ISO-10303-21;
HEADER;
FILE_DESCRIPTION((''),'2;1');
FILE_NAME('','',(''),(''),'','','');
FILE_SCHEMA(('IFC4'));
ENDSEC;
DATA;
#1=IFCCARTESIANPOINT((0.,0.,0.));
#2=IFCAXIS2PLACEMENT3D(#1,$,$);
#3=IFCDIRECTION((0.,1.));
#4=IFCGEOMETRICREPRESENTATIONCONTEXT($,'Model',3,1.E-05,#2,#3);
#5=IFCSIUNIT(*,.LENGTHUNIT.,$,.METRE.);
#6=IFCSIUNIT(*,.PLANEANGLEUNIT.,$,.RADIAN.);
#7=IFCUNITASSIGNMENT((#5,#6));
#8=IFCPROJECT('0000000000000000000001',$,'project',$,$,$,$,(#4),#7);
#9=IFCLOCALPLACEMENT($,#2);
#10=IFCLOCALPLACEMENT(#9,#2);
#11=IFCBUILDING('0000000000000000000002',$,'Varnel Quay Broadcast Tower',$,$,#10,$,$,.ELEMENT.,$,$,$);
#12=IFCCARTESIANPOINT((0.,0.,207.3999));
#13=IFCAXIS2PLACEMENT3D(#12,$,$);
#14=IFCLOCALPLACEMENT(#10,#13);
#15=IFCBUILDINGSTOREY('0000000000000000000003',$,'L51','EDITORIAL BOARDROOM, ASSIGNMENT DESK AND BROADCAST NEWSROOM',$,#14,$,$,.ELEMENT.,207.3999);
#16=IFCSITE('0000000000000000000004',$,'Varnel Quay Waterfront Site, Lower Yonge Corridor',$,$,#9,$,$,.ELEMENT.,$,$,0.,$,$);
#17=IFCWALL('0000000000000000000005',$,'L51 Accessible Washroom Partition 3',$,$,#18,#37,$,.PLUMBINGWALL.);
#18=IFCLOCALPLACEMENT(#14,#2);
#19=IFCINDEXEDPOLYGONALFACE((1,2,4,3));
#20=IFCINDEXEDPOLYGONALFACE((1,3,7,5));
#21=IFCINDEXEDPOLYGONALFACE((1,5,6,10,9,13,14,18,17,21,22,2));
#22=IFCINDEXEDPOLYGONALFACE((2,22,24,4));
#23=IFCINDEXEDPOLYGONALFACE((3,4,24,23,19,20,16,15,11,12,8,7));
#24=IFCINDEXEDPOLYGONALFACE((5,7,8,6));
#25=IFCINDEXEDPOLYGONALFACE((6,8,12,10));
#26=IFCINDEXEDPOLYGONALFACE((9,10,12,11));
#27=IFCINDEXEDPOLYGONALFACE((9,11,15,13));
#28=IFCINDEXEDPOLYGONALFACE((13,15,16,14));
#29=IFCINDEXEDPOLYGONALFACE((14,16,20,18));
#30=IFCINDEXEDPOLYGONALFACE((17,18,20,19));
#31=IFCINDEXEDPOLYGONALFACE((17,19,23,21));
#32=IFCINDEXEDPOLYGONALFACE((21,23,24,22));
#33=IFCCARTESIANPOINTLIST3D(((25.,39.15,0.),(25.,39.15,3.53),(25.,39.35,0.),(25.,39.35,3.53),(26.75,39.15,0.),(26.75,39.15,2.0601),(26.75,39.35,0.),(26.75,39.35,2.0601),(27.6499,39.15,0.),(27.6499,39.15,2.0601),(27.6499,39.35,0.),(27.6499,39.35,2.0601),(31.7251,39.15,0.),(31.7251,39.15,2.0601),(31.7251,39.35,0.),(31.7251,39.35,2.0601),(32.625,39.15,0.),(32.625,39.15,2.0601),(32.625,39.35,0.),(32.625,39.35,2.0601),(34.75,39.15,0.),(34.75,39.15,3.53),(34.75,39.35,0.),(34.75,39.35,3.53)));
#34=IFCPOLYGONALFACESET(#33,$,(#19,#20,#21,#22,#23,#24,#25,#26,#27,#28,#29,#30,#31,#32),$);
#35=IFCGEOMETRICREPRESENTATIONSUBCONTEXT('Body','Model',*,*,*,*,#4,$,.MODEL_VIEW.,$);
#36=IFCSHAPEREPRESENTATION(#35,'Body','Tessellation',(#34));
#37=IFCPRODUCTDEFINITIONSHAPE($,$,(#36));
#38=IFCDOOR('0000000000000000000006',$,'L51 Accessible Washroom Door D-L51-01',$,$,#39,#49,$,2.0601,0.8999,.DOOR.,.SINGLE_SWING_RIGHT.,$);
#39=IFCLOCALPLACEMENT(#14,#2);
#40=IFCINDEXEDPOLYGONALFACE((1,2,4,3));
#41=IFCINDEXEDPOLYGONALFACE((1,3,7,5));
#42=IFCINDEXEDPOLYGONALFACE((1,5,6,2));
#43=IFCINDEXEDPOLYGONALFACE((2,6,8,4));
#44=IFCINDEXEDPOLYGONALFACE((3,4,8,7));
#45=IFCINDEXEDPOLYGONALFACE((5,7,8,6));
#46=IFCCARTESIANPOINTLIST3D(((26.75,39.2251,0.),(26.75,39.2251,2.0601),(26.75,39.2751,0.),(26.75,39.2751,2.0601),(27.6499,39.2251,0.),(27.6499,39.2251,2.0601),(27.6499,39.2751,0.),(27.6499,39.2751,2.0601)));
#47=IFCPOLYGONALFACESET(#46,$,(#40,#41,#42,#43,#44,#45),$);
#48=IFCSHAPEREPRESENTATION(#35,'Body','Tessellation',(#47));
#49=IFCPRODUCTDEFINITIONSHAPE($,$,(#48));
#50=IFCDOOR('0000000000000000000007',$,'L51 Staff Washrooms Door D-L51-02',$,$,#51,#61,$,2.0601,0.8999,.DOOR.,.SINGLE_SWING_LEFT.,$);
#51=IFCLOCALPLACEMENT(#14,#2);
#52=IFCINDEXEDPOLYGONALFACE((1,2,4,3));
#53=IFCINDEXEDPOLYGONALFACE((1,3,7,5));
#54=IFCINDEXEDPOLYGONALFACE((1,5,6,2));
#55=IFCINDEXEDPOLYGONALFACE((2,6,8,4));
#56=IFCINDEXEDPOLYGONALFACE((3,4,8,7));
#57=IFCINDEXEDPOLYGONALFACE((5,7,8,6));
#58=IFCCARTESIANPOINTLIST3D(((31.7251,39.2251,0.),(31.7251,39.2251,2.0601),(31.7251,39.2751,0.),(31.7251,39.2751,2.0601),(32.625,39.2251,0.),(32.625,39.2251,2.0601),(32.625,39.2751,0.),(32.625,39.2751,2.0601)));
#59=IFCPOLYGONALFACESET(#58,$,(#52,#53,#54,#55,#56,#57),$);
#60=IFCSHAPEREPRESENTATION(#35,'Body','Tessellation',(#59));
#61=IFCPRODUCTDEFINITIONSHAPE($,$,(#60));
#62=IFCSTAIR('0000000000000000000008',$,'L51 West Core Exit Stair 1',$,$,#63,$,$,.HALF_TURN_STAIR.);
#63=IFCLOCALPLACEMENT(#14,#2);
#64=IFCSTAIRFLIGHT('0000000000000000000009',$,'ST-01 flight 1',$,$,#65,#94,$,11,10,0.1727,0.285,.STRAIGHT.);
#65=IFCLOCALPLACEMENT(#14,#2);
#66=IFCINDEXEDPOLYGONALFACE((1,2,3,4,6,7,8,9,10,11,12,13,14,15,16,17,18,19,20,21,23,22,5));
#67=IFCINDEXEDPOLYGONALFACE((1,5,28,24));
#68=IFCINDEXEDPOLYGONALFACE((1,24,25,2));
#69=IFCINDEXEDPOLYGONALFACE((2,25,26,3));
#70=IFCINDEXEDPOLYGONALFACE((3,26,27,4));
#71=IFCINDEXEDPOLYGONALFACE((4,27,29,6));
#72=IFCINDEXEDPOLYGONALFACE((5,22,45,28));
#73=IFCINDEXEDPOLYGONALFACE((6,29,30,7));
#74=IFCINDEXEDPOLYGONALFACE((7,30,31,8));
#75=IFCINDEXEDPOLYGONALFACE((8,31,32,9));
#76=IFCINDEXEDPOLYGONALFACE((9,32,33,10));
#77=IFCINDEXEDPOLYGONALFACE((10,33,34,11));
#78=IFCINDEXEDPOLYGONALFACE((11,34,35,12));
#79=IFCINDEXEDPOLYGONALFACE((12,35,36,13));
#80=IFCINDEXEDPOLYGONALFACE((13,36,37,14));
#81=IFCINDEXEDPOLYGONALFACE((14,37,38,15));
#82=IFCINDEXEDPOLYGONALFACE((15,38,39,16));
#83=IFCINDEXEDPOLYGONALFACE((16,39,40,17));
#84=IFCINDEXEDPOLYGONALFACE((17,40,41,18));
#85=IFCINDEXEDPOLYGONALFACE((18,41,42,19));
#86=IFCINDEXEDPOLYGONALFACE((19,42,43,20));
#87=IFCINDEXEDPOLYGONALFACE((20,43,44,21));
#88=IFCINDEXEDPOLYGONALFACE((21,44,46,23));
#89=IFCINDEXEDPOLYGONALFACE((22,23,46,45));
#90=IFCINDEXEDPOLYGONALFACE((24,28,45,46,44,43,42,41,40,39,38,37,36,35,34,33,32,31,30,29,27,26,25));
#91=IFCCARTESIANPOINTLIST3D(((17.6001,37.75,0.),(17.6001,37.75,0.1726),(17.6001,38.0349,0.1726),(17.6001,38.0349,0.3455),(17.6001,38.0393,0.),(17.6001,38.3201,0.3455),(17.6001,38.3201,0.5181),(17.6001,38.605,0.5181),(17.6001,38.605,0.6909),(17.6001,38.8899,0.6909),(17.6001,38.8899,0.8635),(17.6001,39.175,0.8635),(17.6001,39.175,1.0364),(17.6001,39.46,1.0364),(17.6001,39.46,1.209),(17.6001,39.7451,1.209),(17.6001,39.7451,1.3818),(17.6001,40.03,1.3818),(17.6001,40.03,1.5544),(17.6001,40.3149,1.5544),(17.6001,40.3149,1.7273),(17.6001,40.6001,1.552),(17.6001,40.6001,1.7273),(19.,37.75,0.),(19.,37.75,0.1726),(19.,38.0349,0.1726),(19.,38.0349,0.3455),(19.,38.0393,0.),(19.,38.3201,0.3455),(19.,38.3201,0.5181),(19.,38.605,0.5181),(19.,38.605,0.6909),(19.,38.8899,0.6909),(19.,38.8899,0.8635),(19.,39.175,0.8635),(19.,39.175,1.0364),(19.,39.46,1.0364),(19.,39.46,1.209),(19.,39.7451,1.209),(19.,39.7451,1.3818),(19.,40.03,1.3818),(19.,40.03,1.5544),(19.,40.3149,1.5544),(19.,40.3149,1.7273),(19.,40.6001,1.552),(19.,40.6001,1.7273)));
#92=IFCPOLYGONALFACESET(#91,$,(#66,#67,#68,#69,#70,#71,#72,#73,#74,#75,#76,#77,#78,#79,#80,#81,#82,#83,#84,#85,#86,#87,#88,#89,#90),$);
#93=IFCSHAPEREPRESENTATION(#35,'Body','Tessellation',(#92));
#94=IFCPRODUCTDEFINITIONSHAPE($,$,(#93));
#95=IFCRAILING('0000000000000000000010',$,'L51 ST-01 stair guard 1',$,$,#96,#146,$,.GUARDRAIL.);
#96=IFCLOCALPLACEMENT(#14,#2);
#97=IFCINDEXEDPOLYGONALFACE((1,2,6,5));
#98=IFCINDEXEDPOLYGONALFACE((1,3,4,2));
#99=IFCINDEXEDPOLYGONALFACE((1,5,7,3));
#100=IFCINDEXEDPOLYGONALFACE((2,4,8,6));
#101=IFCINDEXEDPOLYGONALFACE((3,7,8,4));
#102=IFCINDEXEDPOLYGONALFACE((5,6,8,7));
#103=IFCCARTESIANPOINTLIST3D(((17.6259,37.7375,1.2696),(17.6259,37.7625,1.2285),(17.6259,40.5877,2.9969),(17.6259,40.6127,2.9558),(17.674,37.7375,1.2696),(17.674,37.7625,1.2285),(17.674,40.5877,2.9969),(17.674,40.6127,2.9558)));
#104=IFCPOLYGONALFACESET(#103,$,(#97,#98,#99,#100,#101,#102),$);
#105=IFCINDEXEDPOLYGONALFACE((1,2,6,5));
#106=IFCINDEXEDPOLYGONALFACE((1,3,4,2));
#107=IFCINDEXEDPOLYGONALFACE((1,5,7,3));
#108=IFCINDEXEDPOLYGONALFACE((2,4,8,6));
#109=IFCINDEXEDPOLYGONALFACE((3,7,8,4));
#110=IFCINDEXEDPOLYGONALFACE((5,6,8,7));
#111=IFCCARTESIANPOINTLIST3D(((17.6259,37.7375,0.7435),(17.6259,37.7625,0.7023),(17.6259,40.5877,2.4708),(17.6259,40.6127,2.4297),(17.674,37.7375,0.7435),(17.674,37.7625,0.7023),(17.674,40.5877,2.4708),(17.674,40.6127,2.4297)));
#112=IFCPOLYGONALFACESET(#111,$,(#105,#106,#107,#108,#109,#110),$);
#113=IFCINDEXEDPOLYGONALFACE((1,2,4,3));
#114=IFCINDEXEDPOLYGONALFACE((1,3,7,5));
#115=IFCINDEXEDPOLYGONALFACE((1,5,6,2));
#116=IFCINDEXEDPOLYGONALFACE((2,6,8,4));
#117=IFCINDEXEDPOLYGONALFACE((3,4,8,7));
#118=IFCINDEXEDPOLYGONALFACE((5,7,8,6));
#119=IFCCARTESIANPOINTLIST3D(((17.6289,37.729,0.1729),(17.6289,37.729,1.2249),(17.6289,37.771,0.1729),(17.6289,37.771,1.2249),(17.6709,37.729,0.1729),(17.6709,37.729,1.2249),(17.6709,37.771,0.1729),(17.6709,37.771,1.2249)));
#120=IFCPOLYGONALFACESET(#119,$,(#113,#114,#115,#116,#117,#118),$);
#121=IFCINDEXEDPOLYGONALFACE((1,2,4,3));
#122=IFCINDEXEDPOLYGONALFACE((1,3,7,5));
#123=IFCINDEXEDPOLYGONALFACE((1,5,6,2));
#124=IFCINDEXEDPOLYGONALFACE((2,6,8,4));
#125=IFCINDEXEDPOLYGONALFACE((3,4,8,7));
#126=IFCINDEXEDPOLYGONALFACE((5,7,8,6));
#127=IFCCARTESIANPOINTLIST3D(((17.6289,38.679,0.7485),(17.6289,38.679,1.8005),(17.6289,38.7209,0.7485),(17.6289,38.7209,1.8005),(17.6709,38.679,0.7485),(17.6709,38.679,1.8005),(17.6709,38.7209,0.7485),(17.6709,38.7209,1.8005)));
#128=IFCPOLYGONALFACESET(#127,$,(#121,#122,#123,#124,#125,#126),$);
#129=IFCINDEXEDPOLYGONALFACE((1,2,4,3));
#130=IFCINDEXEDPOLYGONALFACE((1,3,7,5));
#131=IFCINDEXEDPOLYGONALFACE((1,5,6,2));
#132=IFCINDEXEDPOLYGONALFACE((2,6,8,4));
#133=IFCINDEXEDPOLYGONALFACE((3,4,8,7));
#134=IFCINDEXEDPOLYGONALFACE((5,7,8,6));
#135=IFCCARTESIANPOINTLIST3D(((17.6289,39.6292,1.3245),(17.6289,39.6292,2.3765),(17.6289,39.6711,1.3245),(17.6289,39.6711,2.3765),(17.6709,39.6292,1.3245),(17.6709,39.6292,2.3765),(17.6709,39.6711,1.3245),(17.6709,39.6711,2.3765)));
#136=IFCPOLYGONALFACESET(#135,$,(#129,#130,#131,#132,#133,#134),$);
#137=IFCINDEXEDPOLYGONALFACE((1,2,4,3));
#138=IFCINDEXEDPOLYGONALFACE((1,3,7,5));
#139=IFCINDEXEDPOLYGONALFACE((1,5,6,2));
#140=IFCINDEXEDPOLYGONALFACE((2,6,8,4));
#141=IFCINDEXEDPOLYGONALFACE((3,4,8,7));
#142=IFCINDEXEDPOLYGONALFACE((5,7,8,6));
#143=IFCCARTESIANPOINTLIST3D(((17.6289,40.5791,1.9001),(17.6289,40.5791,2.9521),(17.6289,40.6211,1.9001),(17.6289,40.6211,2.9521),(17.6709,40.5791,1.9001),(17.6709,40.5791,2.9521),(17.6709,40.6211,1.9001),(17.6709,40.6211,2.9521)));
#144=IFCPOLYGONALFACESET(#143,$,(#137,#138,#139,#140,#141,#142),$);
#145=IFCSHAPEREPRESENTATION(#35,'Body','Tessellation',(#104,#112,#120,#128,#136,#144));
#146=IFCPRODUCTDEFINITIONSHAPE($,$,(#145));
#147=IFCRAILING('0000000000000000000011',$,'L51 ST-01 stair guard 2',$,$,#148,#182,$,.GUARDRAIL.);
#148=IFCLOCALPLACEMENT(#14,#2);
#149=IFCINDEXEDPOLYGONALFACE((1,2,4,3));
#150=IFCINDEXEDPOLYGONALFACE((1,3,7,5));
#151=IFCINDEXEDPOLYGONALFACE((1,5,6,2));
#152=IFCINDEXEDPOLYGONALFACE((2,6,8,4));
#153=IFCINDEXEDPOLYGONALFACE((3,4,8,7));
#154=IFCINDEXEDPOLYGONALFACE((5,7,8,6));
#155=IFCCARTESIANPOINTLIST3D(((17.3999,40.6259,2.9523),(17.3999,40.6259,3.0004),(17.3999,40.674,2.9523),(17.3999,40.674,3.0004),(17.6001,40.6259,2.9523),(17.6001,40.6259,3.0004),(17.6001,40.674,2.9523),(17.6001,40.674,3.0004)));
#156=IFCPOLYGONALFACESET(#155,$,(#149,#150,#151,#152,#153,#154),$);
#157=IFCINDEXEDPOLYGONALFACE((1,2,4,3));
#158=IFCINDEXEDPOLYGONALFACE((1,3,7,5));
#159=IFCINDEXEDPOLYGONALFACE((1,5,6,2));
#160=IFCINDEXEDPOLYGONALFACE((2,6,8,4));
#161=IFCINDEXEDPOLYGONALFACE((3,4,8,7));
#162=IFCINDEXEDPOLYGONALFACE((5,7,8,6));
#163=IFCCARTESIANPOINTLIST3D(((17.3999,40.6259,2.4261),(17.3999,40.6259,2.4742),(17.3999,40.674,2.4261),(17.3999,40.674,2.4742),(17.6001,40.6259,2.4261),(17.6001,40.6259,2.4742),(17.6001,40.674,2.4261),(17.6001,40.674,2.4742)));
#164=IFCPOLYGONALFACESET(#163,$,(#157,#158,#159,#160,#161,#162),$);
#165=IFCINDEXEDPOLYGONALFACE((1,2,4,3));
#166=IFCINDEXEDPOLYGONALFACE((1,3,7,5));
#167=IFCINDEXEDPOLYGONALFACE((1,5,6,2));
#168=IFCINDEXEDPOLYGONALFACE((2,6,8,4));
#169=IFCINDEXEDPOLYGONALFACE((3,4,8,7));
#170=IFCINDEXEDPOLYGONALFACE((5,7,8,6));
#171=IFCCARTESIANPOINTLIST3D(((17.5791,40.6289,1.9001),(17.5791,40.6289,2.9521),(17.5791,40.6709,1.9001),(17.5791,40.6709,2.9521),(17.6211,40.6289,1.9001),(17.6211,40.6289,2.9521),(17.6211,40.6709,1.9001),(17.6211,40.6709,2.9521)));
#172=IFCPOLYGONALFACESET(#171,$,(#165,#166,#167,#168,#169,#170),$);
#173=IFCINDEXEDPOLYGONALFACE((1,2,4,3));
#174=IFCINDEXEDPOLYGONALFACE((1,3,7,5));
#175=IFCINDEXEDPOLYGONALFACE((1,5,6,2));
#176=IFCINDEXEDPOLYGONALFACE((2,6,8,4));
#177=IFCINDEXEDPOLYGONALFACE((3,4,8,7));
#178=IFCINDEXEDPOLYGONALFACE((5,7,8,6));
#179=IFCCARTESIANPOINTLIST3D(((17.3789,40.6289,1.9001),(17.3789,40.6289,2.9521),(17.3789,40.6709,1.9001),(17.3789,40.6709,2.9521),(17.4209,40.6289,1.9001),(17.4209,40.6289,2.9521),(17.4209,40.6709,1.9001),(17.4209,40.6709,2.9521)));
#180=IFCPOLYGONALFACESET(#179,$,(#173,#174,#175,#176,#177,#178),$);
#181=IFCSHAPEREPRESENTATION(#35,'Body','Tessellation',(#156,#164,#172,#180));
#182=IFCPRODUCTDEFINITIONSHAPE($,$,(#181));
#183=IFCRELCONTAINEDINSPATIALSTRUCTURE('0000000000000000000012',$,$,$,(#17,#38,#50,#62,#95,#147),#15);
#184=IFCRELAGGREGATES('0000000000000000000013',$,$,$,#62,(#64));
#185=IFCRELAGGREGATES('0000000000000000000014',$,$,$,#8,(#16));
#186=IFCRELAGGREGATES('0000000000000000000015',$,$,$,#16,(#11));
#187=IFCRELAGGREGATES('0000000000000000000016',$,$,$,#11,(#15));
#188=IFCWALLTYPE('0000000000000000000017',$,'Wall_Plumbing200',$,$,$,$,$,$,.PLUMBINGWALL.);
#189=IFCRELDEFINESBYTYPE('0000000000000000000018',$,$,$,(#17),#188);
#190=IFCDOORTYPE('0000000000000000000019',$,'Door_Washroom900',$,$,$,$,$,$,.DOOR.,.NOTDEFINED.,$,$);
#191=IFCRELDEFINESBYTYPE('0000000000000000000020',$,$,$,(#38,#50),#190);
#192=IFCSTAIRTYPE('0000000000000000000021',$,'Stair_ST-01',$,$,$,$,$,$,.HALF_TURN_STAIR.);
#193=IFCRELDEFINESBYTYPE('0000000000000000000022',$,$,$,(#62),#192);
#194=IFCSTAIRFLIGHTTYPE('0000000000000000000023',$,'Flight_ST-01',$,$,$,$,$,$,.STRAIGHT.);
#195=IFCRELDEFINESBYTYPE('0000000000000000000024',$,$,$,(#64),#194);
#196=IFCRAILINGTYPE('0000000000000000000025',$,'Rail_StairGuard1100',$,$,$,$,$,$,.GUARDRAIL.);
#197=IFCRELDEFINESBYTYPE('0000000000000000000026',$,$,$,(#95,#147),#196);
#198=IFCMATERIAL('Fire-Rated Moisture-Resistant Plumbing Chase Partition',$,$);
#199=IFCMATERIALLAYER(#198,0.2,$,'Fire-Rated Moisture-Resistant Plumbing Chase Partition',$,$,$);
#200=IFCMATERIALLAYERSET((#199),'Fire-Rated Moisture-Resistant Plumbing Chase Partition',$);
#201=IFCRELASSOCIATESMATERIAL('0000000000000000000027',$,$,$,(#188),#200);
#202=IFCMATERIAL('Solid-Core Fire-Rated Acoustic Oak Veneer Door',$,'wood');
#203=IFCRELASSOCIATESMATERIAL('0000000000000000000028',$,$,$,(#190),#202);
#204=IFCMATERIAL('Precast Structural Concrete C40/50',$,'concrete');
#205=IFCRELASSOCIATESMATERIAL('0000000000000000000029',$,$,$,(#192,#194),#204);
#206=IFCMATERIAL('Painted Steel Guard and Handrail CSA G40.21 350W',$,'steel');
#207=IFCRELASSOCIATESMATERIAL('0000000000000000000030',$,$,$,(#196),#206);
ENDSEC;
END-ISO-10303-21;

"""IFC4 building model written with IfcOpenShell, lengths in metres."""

from ifc_helpers import new_model, si_unit, direction, frame, frame_2d, origin, origin_2d, place, context, subcontext, project, spatial, polyline, rectangle, outline, extrude, source, transform, mapped, material, layer, layer_set, type_object, type_shapes, element, fill, aggregate, save


model = new_model("IFC4")

# Units and contexts
model_context = context("Model", 3, precision=1e-05, world=origin(), true_north=direction((0.0, 1.0)))
body_context = subcontext(model_context, "Body", "Model", "MODEL_VIEW")
ifc_project = project(units=[si_unit("LENGTHUNIT", "METRE"), si_unit("PLANEANGLEUNIT", "RADIAN")], contexts=[model_context])

# Site, building, storey
site_placement = place(None, origin())
site = spatial("IfcSite", under=ifc_project, at=site_placement, Name="Varnel Quay Waterfront Site, Lower Yonge Corridor", CompositionType="ELEMENT", RefElevation=0.0)
building_placement = place(site_placement, origin())
building = spatial("IfcBuilding", under=site, at=building_placement, Name="Varnel Quay Broadcast Tower", CompositionType="ELEMENT")
storey_placement = place(building_placement, frame((0.0, 0.0, 207.3999)))
storey = spatial("IfcBuildingStorey", under=building, at=storey_placement, Name="L51", Description="EDITORIAL BOARDROOM, ASSIGNMENT DESK AND BROADCAST NEWSROOM", CompositionType="ELEMENT", Elevation=207.3999)

# Wall, openings, doors
ifc_material_1 = material(Name="Solid-Core Fire-Rated Acoustic Oak Veneer Door", Category="wood")
ifc_material_2 = material(Name="Fire-Rated Moisture-Resistant Plumbing Chase Partition")
ifc_layer_1 = layer(ifc_material_2, 0.2, Name="Fire-Rated Moisture-Resistant Plumbing Chase Partition")
ifc_layer_set_1 = layer_set([ifc_layer_1], Name="Fire-Rated Moisture-Resistant Plumbing Chase Partition")
wall_type_1 = type_object("IfcWallType", Name="Wall_Plumbing200", PredefinedType="PLUMBINGWALL", material=ifc_layer_set_1)
wall_1_placement = place(storey_placement, frame((25.0, 39.25, 0.0), z_axis=(0.0, 0.0, 1.0), x_axis=(1.0, 0.0, 0.0)))
wall_1 = element("IfcWall", 1, at=wall_1_placement, inside=storey, type_object=wall_type_1, Name="L51 Accessible Washroom Partition 3", PredefinedType="PLUMBINGWALL", context=body_context, shape_type="SweptSolid", body=[
    extrude(rectangle(XDim=9.75, YDim=0.2, at=frame_2d((4.875, 0.0))), origin(), (0.0, 0.0, 1.0), 3.53),
])
opening_1_placement = place(wall_1_placement, frame((1.75, 0.0, 0.0)))
opening_1 = element("IfcOpeningElement", 2, at=opening_1_placement, cuts=wall_1, PredefinedType="OPENING", context=body_context, shape_type="SweptSolid", body=[
    extrude(rectangle(XDim=0.8999, YDim=2.0601, at=frame_2d((0.45, 1.03))), frame((0.0, 0.1099, 0.0), z_axis=(0.0, -1.0, 0.0), x_axis=(1.0, 0.0, 0.0)), (0.0, 0.0, 1.0), 0.22),
])
opening_2_placement = place(wall_1_placement, frame((6.7251, 0.0, 0.0)))
opening_2 = element("IfcOpeningElement", 3, at=opening_2_placement, cuts=wall_1, PredefinedType="OPENING", context=body_context, shape_type="SweptSolid", body=[
    extrude(rectangle(XDim=0.8999, YDim=2.0601, at=frame_2d((0.45, 1.03))), frame((0.0, 0.1099, 0.0), z_axis=(0.0, -1.0, 0.0), x_axis=(1.0, 0.0, 0.0)), (0.0, 0.0, 1.0), 0.22),
])
door_type_1 = type_object("IfcDoorType", Name="Door_Washroom900", OperationType="NOTDEFINED", PredefinedType="DOOR", material=ifc_material_1)
shared_shape_1 = source(origin(), body_context, "Body", "SweptSolid", [
    extrude(rectangle(XDim=0.8999, YDim=2.0601, at=frame_2d((0.45, 1.03))), frame((0.0, 0.0249, 0.0), z_axis=(0.0, -1.0, 0.0), x_axis=(1.0, 0.0, 0.0)), (0.0, 0.0, 1.0), 0.05),
])
type_shapes(door_type_1, [shared_shape_1])
door_1_placement = place(opening_1_placement, frame((0.8999, 0.0, 0.0), z_axis=(0.0, 0.0, 1.0), x_axis=(-1.0, 0.0, 0.0)))
door_1 = element("IfcDoor", 4, at=door_1_placement, inside=storey, type_object=door_type_1, Name="L51 Accessible Washroom Door D-L51-01", OperationType="SINGLE_SWING_RIGHT", OverallHeight=2.0601, OverallWidth=0.8999, PredefinedType="DOOR", context=body_context, shape_type="MappedRepresentation", body=[
    mapped(shared_shape_1, transform((0.0, 0.0, 0.0), x_axis=(1.0, 0.0, 0.0), y_axis=(0.0, 1.0, 0.0), z_axis=(0.0, 0.0, 1.0), scale=1.0)),
])
fill(opening_1, door_1)
door_2_placement = place(opening_2_placement, frame((0.8999, 0.0, 0.0), z_axis=(0.0, 0.0, 1.0), x_axis=(-1.0, 0.0, 0.0)))
door_2 = element("IfcDoor", 5, at=door_2_placement, inside=storey, type_object=door_type_1, Name="L51 Staff Washrooms Door D-L51-02", OperationType="SINGLE_SWING_LEFT", OverallHeight=2.0601, OverallWidth=0.8999, PredefinedType="DOOR", context=body_context, shape_type="MappedRepresentation", body=[
    mapped(shared_shape_1, transform((0.0, 0.0, 0.0), x_axis=(1.0, 0.0, 0.0), y_axis=(0.0, 1.0, 0.0), z_axis=(0.0, 0.0, 1.0), scale=1.0)),
])
fill(opening_2, door_2)

# Stair, stair flight
ifc_material_3 = material(Name="Precast Structural Concrete C40/50", Category="concrete")
stair_type = type_object("IfcStairType", Name="Stair_ST-01", PredefinedType="HALF_TURN_STAIR", material=ifc_material_3)
stair_placement = place(storey_placement, origin())
stair = element("IfcStair", 6, at=stair_placement, inside=storey, type_object=stair_type, Name="L51 West Core Exit Stair 1", PredefinedType="HALF_TURN_STAIR")
stair_flight_type = type_object("IfcStairFlightType", Name="Flight_ST-01", PredefinedType="STRAIGHT", material=ifc_material_3)
stair_flight_placement = place(storey_placement, frame((18.3, 37.75, 0.0), z_axis=(0.0, 0.0, 1.0), x_axis=(0.0, 1.0, 0.0)))
stair_flight = element("IfcStairFlight", 7, at=stair_flight_placement, type_object=stair_flight_type, Name="ST-01 flight 1", NumberOfRisers=11, NumberOfTreads=10, PredefinedType="STRAIGHT", RiserHeight=0.1727, TreadLength=0.285, context=body_context, shape_type="SweptSolid", body=[
    extrude(outline(polyline([(0.0, 0.0), (0.0, 0.1726), (0.2849, 0.1726), (0.2849, 0.3455), (0.5701, 0.3455), (0.5701, 0.5181), (0.855, 0.5181), (0.855, 0.6909), (1.1399, 0.6909), (1.1399, 0.8635), (1.425, 0.8635), (1.425, 1.0364), (1.71, 1.0364), (1.71, 1.209), (1.9951, 1.209), (1.9951, 1.3818), (2.28, 1.3818), (2.28, 1.5544), (2.5649, 1.5544), (2.5649, 1.7273), (2.8501, 1.7273), (2.8501, 1.8999), (2.8501, 1.552), (0.2893, 0.0), (0.0, 0.0)])), frame((0.0, 0.7, 0.0), z_axis=(0.0, -1.0, 0.0), x_axis=(1.0, 0.0, 0.0)), (0.0, 0.0, 1.0), 1.3999),
])
aggregate(stair, [stair_flight])

# Railings
ifc_material_4 = material(Name="Painted Steel Guard and Handrail CSA G40.21 350W", Category="steel")
railing_type_1 = type_object("IfcRailingType", Name="Rail_StairGuard1100", PredefinedType="GUARDRAIL", material=ifc_material_4)
railing_1_placement = place(storey_placement, frame((17.6499, 37.75, 0.1729)))
element("IfcRailing", 8, at=railing_1_placement, inside=storey, type_object=railing_type_1, Name="L51 ST-01 stair guard 1", PredefinedType="GUARDRAIL", context=body_context, shape_type="SweptSolid", body=[
    extrude(rectangle(XDim=0.0481, YDim=0.0481, at=origin_2d()), frame((0.0, 0.0, 1.0762), z_axis=(0.0, 0.855203, 0.518294), x_axis=(-1.0, 0.0, 0.0)), (0.0, 0.0, 1.0), 3.3328),
    extrude(rectangle(XDim=0.0481, YDim=0.0481, at=origin_2d()), frame((0.0, 0.0, 0.55), z_axis=(0.0, 0.855203, 0.518294), x_axis=(-1.0, 0.0, 0.0)), (0.0, 0.0, 1.0), 3.3328),
    extrude(rectangle(XDim=0.042, YDim=0.042, at=origin_2d()), origin(), (0.0, 0.0, 1.0), 1.052),
    extrude(rectangle(XDim=0.042, YDim=0.042, at=origin_2d()), frame((0.0, 0.95, 0.5757)), (0.0, 0.0, 1.0), 1.052),
    extrude(rectangle(XDim=0.042, YDim=0.042, at=origin_2d()), frame((0.0, 1.9001, 1.1516)), (0.0, 0.0, 1.0), 1.052),
    extrude(rectangle(XDim=0.042, YDim=0.042, at=origin_2d()), frame((0.0, 2.8501, 1.7273)), (0.0, 0.0, 1.0), 1.052),
])
railing_2_placement = place(storey_placement, frame((17.6001, 40.6499, 1.9001)))
element("IfcRailing", 9, at=railing_2_placement, inside=storey, type_object=railing_type_1, Name="L51 ST-01 stair guard 2", PredefinedType="GUARDRAIL", context=body_context, shape_type="SweptSolid", body=[
    extrude(rectangle(XDim=0.0481, YDim=0.0481, at=origin_2d()), frame((0.0, 0.0, 1.0762), z_axis=(-1.0, 0.0, 0.0), x_axis=(0.0, -1.0, 0.0)), (0.0, 0.0, 1.0), 0.2002),
    extrude(rectangle(XDim=0.0481, YDim=0.0481, at=origin_2d()), frame((0.0, 0.0, 0.55), z_axis=(-1.0, 0.0, 0.0), x_axis=(0.0, -1.0, 0.0)), (0.0, 0.0, 1.0), 0.2002),
    extrude(rectangle(XDim=0.042, YDim=0.042, at=origin_2d()), origin(), (0.0, 0.0, 1.0), 1.052),
    extrude(rectangle(XDim=0.042, YDim=0.042, at=origin_2d()), frame((-0.2002, 0.0, 0.0)), (0.0, 0.0, 1.0), 1.052),
])

save(model, "model.ifc")
